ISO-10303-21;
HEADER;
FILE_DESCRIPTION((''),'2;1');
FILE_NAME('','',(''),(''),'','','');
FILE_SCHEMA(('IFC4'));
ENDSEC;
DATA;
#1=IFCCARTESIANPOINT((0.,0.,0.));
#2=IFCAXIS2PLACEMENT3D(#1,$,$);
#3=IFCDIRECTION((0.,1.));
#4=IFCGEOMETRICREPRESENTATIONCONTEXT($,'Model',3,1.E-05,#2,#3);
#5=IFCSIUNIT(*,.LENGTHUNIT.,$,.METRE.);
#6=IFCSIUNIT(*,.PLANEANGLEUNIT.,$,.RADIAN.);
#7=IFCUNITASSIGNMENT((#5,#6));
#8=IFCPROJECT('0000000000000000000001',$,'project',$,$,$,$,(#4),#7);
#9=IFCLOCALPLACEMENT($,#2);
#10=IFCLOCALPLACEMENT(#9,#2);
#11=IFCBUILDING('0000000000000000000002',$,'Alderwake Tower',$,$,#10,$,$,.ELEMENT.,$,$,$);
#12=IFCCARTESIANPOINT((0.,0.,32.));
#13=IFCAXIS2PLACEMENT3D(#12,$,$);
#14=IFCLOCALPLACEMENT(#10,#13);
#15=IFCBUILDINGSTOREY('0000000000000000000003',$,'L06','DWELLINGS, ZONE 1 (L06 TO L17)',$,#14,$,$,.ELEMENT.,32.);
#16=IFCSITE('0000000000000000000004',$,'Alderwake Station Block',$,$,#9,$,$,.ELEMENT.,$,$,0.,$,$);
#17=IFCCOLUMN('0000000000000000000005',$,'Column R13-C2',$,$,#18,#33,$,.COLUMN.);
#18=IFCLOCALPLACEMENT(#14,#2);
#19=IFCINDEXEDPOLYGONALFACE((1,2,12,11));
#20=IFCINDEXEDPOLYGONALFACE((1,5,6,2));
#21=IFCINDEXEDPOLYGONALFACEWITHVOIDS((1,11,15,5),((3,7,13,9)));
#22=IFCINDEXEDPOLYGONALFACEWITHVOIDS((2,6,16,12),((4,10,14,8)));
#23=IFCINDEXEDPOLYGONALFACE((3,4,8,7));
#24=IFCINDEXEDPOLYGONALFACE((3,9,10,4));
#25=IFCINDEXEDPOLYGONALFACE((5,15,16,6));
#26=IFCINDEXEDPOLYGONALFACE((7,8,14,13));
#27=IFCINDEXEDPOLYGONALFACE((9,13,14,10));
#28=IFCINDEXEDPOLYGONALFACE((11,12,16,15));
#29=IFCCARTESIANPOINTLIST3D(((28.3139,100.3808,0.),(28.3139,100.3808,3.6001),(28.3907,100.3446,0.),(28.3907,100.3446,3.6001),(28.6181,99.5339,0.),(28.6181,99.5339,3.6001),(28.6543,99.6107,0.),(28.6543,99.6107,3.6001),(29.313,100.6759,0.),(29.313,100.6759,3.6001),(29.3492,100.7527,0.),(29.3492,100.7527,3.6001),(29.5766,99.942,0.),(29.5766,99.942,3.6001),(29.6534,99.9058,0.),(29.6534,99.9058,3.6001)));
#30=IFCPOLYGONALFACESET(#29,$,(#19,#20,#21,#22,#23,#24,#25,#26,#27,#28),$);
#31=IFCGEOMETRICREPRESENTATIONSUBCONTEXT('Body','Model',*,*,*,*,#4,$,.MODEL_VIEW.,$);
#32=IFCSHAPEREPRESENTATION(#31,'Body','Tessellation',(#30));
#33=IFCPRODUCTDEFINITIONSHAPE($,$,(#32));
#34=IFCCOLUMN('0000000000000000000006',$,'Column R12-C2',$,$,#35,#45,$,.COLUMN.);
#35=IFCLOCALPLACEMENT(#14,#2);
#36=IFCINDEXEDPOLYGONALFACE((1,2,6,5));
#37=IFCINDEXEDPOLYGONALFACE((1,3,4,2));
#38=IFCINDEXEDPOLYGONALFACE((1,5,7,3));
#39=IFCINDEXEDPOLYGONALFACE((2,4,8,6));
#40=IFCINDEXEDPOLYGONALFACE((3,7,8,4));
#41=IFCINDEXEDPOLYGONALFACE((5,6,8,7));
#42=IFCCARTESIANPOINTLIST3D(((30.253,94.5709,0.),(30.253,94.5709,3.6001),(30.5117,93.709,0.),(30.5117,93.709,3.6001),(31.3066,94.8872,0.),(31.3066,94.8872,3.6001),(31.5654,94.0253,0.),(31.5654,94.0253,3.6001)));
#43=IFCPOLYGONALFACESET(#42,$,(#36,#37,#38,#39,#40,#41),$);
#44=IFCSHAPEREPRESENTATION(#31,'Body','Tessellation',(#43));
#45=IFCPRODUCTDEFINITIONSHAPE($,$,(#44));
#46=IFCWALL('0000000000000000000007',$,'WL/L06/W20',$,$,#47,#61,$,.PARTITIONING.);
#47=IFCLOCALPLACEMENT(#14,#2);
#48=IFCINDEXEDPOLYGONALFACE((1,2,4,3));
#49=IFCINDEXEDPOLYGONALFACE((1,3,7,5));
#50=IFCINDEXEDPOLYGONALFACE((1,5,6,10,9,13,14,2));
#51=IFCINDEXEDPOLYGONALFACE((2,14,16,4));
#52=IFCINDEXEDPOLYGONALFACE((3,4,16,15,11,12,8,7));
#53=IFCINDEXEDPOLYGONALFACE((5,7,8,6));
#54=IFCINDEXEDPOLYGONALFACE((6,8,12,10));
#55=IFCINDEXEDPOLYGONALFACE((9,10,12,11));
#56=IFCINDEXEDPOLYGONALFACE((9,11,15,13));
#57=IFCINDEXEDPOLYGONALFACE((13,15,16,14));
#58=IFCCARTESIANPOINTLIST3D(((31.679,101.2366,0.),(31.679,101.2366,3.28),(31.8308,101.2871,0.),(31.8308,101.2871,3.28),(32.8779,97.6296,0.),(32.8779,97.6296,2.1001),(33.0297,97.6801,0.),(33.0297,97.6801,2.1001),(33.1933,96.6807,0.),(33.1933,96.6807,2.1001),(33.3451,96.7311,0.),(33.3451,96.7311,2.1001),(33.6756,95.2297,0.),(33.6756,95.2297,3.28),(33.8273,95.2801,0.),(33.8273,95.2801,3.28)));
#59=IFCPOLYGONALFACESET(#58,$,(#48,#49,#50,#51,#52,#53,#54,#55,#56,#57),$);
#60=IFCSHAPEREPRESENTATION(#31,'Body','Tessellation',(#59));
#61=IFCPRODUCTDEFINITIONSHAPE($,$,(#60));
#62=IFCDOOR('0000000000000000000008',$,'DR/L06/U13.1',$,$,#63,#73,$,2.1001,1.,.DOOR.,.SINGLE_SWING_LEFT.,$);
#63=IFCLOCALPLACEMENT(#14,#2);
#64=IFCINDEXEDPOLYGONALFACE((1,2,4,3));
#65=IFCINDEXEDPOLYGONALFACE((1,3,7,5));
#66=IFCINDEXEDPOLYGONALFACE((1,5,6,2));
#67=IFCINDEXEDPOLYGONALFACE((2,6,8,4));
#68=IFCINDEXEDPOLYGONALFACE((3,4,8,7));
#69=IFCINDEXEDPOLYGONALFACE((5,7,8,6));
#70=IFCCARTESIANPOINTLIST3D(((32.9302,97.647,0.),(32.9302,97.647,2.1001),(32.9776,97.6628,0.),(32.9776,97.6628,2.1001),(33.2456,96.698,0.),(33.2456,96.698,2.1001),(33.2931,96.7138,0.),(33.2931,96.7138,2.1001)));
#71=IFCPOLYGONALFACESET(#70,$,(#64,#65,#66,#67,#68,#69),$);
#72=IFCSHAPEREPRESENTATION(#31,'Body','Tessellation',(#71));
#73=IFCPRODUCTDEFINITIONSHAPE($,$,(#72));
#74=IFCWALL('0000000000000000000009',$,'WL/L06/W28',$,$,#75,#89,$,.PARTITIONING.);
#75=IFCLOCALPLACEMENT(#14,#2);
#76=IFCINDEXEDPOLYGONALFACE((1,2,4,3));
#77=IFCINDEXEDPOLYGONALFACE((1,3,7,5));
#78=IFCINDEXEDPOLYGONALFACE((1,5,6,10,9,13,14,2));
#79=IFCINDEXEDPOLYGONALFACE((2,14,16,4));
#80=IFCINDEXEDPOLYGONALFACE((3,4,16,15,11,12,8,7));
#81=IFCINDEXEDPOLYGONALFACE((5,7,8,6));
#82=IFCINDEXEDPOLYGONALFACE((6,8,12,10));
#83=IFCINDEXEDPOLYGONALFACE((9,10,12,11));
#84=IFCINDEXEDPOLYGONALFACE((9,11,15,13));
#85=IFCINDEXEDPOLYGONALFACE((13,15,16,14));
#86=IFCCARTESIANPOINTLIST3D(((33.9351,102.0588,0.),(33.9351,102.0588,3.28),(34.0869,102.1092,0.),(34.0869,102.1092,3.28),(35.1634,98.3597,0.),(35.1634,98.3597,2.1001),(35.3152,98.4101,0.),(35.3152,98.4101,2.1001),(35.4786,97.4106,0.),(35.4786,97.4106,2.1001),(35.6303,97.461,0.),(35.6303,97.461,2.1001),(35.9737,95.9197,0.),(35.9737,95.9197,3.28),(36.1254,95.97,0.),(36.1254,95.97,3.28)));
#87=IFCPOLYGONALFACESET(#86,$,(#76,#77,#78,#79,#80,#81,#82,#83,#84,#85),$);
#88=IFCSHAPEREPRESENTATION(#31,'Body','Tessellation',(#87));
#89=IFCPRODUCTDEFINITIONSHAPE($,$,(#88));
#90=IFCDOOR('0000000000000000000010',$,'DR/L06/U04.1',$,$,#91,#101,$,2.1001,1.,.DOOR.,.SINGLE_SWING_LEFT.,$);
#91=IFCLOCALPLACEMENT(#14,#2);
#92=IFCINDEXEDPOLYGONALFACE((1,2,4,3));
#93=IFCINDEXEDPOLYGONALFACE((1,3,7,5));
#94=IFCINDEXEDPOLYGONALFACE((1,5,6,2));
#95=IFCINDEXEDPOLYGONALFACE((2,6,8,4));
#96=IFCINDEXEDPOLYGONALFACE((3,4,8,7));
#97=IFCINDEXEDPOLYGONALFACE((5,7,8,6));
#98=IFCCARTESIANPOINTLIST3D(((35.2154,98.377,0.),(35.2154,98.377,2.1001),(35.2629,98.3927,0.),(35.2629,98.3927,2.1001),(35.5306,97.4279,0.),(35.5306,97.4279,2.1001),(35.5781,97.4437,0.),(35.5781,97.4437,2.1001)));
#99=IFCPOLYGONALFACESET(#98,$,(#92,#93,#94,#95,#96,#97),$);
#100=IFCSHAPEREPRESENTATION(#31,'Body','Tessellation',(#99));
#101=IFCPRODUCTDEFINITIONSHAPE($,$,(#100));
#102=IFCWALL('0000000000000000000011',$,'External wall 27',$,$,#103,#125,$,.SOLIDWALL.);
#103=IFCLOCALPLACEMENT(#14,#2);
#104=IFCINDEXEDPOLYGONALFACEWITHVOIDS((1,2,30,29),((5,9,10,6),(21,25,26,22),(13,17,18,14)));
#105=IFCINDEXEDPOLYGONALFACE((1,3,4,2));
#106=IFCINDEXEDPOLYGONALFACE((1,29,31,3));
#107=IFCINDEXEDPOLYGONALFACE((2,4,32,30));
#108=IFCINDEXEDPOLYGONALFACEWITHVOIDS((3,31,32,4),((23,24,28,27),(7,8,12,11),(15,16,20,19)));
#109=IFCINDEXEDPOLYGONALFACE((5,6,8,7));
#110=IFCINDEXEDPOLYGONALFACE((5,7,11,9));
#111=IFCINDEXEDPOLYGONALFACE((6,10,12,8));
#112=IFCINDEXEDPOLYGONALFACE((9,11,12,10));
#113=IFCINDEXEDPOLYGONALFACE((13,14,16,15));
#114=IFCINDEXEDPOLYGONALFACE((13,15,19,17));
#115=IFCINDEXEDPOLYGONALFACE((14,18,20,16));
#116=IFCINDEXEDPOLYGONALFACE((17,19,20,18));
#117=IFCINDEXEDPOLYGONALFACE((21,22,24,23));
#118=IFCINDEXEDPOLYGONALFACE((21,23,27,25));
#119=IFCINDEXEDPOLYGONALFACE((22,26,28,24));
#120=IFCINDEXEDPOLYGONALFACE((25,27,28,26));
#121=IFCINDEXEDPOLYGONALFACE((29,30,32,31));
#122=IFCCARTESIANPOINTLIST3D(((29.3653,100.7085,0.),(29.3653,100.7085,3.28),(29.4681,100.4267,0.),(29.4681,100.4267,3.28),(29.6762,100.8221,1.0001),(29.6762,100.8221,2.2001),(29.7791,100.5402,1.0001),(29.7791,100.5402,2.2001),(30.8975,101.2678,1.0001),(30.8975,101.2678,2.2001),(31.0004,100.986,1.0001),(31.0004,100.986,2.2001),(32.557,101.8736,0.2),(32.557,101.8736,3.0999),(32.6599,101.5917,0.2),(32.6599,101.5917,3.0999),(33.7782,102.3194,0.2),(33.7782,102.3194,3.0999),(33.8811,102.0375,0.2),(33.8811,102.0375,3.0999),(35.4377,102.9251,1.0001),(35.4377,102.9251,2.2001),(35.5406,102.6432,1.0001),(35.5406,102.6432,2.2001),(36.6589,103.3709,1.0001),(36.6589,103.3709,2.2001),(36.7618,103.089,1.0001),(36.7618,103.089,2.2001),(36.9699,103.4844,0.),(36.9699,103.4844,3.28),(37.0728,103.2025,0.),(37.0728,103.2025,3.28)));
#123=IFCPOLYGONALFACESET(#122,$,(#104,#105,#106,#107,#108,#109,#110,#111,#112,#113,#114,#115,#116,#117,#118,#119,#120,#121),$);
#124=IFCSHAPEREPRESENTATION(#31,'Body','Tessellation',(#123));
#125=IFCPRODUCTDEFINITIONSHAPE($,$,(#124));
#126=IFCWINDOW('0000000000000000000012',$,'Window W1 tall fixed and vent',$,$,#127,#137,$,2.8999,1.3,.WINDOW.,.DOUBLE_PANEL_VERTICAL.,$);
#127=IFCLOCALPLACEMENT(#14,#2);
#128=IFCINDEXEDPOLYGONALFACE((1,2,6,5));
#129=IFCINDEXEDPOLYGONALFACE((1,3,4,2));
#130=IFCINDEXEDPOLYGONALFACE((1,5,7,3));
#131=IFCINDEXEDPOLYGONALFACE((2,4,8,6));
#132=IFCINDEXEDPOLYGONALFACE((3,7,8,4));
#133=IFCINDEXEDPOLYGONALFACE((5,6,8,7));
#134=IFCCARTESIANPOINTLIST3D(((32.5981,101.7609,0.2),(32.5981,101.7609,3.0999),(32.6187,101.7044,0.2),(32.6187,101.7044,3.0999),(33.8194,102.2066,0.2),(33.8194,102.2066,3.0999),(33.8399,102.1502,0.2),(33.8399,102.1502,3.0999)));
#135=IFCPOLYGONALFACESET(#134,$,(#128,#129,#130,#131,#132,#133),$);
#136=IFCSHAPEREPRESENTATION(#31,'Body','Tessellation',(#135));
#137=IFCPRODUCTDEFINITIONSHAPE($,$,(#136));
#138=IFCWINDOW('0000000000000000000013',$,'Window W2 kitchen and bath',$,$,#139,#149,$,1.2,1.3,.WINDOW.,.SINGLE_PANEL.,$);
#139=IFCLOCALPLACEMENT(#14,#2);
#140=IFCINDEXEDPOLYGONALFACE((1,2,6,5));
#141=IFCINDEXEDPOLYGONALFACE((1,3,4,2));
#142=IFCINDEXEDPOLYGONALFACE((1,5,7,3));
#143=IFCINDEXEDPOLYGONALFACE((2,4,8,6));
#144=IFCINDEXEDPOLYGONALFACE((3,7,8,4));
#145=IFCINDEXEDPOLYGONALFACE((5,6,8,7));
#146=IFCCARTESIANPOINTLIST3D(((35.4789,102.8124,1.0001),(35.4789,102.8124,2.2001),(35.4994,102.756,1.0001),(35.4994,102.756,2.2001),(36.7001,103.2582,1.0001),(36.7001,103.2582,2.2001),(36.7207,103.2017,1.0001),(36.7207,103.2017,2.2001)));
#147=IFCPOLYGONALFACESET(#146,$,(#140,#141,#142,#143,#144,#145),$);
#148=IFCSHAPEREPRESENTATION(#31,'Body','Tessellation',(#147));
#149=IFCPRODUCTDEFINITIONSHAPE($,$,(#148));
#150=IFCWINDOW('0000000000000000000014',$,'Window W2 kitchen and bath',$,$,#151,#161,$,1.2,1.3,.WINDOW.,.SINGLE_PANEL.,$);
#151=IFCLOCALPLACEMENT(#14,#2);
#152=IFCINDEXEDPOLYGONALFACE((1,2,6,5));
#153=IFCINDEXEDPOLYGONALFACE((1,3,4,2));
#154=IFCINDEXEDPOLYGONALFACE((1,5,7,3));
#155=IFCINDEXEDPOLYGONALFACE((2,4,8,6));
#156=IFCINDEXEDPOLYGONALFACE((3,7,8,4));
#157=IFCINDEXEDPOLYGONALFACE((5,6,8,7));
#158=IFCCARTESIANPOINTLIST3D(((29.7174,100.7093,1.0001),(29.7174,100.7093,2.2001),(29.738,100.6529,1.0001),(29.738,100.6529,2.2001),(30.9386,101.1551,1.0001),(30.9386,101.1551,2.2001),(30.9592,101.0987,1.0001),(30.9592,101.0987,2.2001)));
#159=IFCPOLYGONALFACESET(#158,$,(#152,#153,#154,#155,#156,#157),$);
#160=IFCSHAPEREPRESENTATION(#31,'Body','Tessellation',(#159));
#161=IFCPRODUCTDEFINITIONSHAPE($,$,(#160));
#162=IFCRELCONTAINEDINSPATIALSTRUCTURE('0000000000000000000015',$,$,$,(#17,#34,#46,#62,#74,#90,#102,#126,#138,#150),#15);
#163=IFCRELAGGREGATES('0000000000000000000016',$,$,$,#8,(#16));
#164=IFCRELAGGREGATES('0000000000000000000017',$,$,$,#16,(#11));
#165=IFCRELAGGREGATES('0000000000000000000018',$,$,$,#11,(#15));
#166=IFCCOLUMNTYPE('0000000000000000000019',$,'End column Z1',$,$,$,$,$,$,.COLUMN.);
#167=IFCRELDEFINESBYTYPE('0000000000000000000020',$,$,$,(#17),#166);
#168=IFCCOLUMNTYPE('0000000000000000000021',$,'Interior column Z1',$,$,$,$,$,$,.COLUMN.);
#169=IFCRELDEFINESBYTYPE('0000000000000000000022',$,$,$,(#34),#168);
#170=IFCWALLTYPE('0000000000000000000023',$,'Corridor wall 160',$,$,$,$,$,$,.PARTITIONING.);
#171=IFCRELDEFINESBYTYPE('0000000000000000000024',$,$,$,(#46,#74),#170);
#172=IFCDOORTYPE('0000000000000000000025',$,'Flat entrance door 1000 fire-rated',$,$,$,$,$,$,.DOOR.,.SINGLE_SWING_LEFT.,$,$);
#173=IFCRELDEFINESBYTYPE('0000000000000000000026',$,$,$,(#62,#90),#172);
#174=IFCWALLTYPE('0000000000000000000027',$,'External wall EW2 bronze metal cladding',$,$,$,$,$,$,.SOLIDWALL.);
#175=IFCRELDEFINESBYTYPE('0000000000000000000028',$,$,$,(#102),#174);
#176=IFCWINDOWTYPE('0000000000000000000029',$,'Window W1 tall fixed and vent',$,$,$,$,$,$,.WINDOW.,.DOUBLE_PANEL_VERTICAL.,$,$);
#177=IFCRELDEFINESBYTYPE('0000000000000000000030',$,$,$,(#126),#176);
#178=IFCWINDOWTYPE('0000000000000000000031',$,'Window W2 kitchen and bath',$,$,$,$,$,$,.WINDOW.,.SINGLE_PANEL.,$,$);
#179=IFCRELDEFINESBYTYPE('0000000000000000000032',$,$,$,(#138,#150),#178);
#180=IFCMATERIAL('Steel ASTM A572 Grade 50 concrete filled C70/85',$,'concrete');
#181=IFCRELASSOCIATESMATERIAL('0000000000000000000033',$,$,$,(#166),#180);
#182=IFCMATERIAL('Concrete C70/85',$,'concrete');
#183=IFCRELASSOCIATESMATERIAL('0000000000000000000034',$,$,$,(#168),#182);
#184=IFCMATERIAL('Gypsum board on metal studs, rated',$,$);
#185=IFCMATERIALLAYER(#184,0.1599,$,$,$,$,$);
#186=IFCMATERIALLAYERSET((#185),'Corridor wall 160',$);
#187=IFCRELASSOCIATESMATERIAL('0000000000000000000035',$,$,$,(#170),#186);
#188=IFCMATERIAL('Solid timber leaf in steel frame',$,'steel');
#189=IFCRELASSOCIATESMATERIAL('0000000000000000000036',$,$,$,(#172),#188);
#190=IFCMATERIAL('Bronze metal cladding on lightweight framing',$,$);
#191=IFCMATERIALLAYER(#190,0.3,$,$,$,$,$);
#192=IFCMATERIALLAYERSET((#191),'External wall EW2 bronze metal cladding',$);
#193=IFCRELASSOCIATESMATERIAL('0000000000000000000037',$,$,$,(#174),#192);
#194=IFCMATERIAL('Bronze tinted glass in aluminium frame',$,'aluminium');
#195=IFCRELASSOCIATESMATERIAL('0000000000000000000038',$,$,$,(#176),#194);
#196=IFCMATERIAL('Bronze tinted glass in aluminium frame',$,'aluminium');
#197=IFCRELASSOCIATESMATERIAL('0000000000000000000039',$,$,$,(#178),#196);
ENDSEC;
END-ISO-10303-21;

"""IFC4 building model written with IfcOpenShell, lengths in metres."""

from ifc_helpers import new_model, si_unit, direction, frame, frame_2d, origin, origin_2d, place, context, subcontext, project, spatial, rectangle, hollow_rectangle, extrude, material, layer, layer_set, material_profile, profile_set, type_object, element, fill, save


model = new_model("IFC4")

# Units and contexts
model_context = context("Model", 3, precision=1e-05, world=origin(), true_north=direction((0.0, 1.0)))
body_context = subcontext(model_context, "Body", "Model", "MODEL_VIEW")
ifc_project = project(units=[si_unit("LENGTHUNIT", "METRE"), si_unit("PLANEANGLEUNIT", "RADIAN")], contexts=[model_context])

# Site, building, storey
site_placement = place(None, origin())
site = spatial("IfcSite", under=ifc_project, at=site_placement, Name="Alderwake Station Block", CompositionType="ELEMENT", RefElevation=0.0)
building_placement = place(site_placement, origin())
building = spatial("IfcBuilding", under=site, at=building_placement, Name="Alderwake Tower", CompositionType="ELEMENT")
storey_placement = place(building_placement, frame((0.0, 0.0, 32.0)))
storey = spatial("IfcBuildingStorey", under=building, at=storey_placement, Name="L06", Description="DWELLINGS, ZONE 1 (L06 TO L17)", CompositionType="ELEMENT", Elevation=32.0)

# Columns
ifc_material_1 = material(Name="Steel ASTM A572 Grade 50 concrete filled C70/85", Category="concrete")
ifc_material_profile_1 = material_profile(ifc_material_1, hollow_rectangle(XDim=0.8999, YDim=1.1001, WallThickness=0.0601, at=origin_2d()), Name="BOX 1100X900X60")
ifc_profile_set_1 = profile_set([ifc_material_profile_1], Name="Steel ASTM A572 Grade 50 concrete filled C70/85")
column_type_1 = type_object("IfcColumnType", Name="End column Z1", PredefinedType="COLUMN", material=ifc_profile_set_1)
column_1_placement = place(storey_placement, frame((28.9836, 100.1433, 0.0), z_axis=(0.0, 0.0, 1.0), x_axis=(-0.338027, 0.941136, 0.0)))
element("IfcColumn", 1, at=column_1_placement, inside=storey, type_object=column_type_1, Name="Column R13-C2", PredefinedType="COLUMN", context=body_context, shape_type="SweptSolid", body=[
    extrude(hollow_rectangle(XDim=0.8999, YDim=1.1001, WallThickness=0.0601, at=origin_2d()), origin(), (0.0, 0.0, 1.0), 3.6001),
])
ifc_material_2 = material(Name="Concrete C70/85", Category="concrete")
ifc_material_profile_2 = material_profile(ifc_material_2, rectangle(XDim=0.8999, YDim=1.1001, at=origin_2d()), Name="RC 1100X900")
ifc_profile_set_2 = profile_set([ifc_material_profile_2], Name="Concrete C70/85")
column_type_2 = type_object("IfcColumnType", Name="Interior column Z1", PredefinedType="COLUMN", material=ifc_profile_set_2)
column_2_placement = place(storey_placement, frame((30.9092, 94.2981, 0.0), z_axis=(0.0, 0.0, 1.0), x_axis=(-0.287549, 0.957766, 0.0)))
element("IfcColumn", 2, at=column_2_placement, inside=storey, type_object=column_type_2, Name="Column R12-C2", PredefinedType="COLUMN", context=body_context, shape_type="SweptSolid", body=[
    extrude(rectangle(XDim=0.8999, YDim=1.1001, at=origin_2d()), origin(), (0.0, 0.0, 1.0), 3.6001),
])

# Walls, openings, doors
ifc_material_3 = material(Name="Gypsum board on metal studs, rated")
ifc_layer_1 = layer(ifc_material_3, 0.1599)
ifc_layer_set_1 = layer_set([ifc_layer_1], Name="Corridor wall 160")
wall_type_1 = type_object("IfcWallType", Name="Corridor wall 160", PredefinedType="PARTITIONING", material=ifc_layer_set_1)
wall_1_placement = place(storey_placement, frame((33.7515, 95.2549, 0.0), z_axis=(0.0, 0.0, 1.0), x_axis=(-0.315406, 0.948957, 0.0)))
wall_1 = element("IfcWall", 3, at=wall_1_placement, inside=storey, type_object=wall_type_1, Name="WL/L06/W20", PredefinedType="PARTITIONING", context=body_context, shape_type="SweptSolid", body=[
    extrude(rectangle(XDim=6.3301, YDim=0.1599, at=frame_2d((3.165, 0.0))), origin(), (0.0, 0.0, 1.0), 3.28),
])
opening_1_placement = place(wall_1_placement, frame((1.5291, 0.0, 0.0)))
opening_1 = element("IfcOpeningElement", 4, at=opening_1_placement, cuts=wall_1, PredefinedType="OPENING", context=body_context, shape_type="SweptSolid", body=[
    extrude(rectangle(XDim=1.0, YDim=2.1001, at=frame_2d((0.5, 1.05))), frame((0.0, 0.0898, 0.0), z_axis=(0.0, -1.0, 0.0), x_axis=(1.0, 0.0, 0.0)), (0.0, 0.0, 1.0), 0.1799),
])
ifc_material_4 = material(Name="Solid timber leaf in steel frame", Category="steel")
door_type_1 = type_object("IfcDoorType", Name="Flat entrance door 1000 fire-rated", OperationType="SINGLE_SWING_LEFT", PredefinedType="DOOR", material=ifc_material_4)
door_1_placement = place(opening_1_placement, origin())
door_1 = element("IfcDoor", 5, at=door_1_placement, inside=storey, type_object=door_type_1, Name="DR/L06/U13.1", OperationType="SINGLE_SWING_LEFT", OverallHeight=2.1001, OverallWidth=1.0, PredefinedType="DOOR", context=body_context, shape_type="SweptSolid", body=[
    extrude(rectangle(XDim=1.0, YDim=2.1001, at=frame_2d((0.5, 1.05))), frame((0.0, 0.0249, 0.0), z_axis=(0.0, -1.0, 0.0), x_axis=(1.0, 0.0, 0.0)), (0.0, 0.0, 1.0), 0.05),
])
fill(opening_1, door_1)
wall_2_placement = place(storey_placement, frame((34.011, 102.084, 0.0), z_axis=(0.0, 0.0, 1.0), x_axis=(0.315141, -0.949045, 0.0)))
wall_2 = element("IfcWall", 6, at=wall_2_placement, inside=storey, type_object=wall_type_1, Name="WL/L06/W28", PredefinedType="PARTITIONING", context=body_context, shape_type="SweptSolid", body=[
    extrude(rectangle(XDim=6.4688, YDim=0.1599, at=frame_2d((3.2344, 0.0))), origin(), (0.0, 0.0, 1.0), 3.28),
])
opening_2_placement = place(wall_2_placement, frame((3.8977, 0.0, 0.0)))
opening_2 = element("IfcOpeningElement", 7, at=opening_2_placement, cuts=wall_2, PredefinedType="OPENING", context=body_context, shape_type="SweptSolid", body=[
    extrude(rectangle(XDim=1.0, YDim=2.1001, at=frame_2d((0.5, 1.05))), frame((0.0, 0.0898, 0.0), z_axis=(0.0, -1.0, 0.0), x_axis=(1.0, 0.0, 0.0)), (0.0, 0.0, 1.0), 0.1799),
])
door_2_placement = place(opening_2_placement, origin())
door_2 = element("IfcDoor", 8, at=door_2_placement, inside=storey, type_object=door_type_1, Name="DR/L06/U04.1", OperationType="SINGLE_SWING_LEFT", OverallHeight=2.1001, OverallWidth=1.0, PredefinedType="DOOR", context=body_context, shape_type="SweptSolid", body=[
    extrude(rectangle(XDim=1.0, YDim=2.1001, at=frame_2d((0.5, 1.05))), frame((0.0, 0.0249, 0.0), z_axis=(0.0, -1.0, 0.0), x_axis=(1.0, 0.0, 0.0)), (0.0, 0.0, 1.0), 0.05),
])
fill(opening_2, door_2)

# Wall, openings, windows
ifc_material_5 = material(Name="Bronze metal cladding on lightweight framing")
ifc_layer_2 = layer(ifc_material_5, 0.3)
ifc_layer_set_2 = layer_set([ifc_layer_2], Name="External wall EW2 bronze metal cladding")
wall_type_2 = type_object("IfcWallType", Name="External wall EW2 bronze metal cladding", PredefinedType="SOLIDWALL", material=ifc_layer_set_2)
wall_3_placement = place(storey_placement, frame((37.0215, 103.3435, 0.0), z_axis=(0.0, 0.0, 1.0), x_axis=(-0.939375, -0.342891, 0.0)))
wall_3 = element("IfcWall", 9, at=wall_3_placement, inside=storey, type_object=wall_type_2, Name="External wall 27", PredefinedType="SOLIDWALL", context=body_context, shape_type="SweptSolid", body=[
    extrude(rectangle(XDim=8.0955, YDim=0.3, at=frame_2d((4.0479, 0.0))), origin(), (0.0, 0.0, 1.0), 3.28),
])
opening_3_placement = place(wall_3_placement, frame((0.3313, 0.0, 1.0)))
opening_3 = element("IfcOpeningElement", 10, at=opening_3_placement, cuts=wall_3, PredefinedType="OPENING", context=body_context, shape_type="SweptSolid", body=[
    extrude(rectangle(XDim=1.3, YDim=1.2, at=frame_2d((0.6499, 0.6001))), frame((0.0, 0.1599, 0.0), z_axis=(0.0, -1.0, 0.0), x_axis=(1.0, 0.0, 0.0)), (0.0, 0.0, 1.0), 0.3201),
])
opening_4_placement = place(wall_3_placement, frame((3.3979, 0.0, 0.2)))
opening_4 = element("IfcOpeningElement", 11, at=opening_4_placement, cuts=wall_3, PredefinedType="OPENING", context=body_context, shape_type="SweptSolid", body=[
    extrude(rectangle(XDim=1.3, YDim=2.8999, at=frame_2d((0.6499, 1.45))), frame((0.0, 0.1599, 0.0), z_axis=(0.0, -1.0, 0.0), x_axis=(1.0, 0.0, 0.0)), (0.0, 0.0, 1.0), 0.3201),
])
opening_5_placement = place(wall_3_placement, frame((6.4646, 0.0, 1.0)))
opening_5 = element("IfcOpeningElement", 12, at=opening_5_placement, cuts=wall_3, PredefinedType="OPENING", context=body_context, shape_type="SweptSolid", body=[
    extrude(rectangle(XDim=1.3, YDim=1.2, at=frame_2d((0.6499, 0.6001))), frame((0.0, 0.1599, 0.0), z_axis=(0.0, -1.0, 0.0), x_axis=(1.0, 0.0, 0.0)), (0.0, 0.0, 1.0), 0.3201),
])
ifc_material_6 = material(Name="Bronze tinted glass in aluminium frame", Category="aluminium")
window_type_1 = type_object("IfcWindowType", Name="Window W1 tall fixed and vent", PartitioningType="DOUBLE_PANEL_VERTICAL", PredefinedType="WINDOW", material=ifc_material_6)
window_1_placement = place(opening_4_placement, origin())
window_1 = element("IfcWindow", 13, at=window_1_placement, inside=storey, type_object=window_type_1, Name="Window W1 tall fixed and vent", OverallHeight=2.8999, OverallWidth=1.3, PartitioningType="DOUBLE_PANEL_VERTICAL", PredefinedType="WINDOW", context=body_context, shape_type="SweptSolid", body=[
    extrude(rectangle(XDim=1.3, YDim=2.8999, at=frame_2d((0.6499, 1.45))), frame((0.0, 0.03, 0.0), z_axis=(0.0, -1.0, 0.0), x_axis=(1.0, 0.0, 0.0)), (0.0, 0.0, 1.0), 0.0601),
])
fill(opening_4, window_1)
ifc_material_7 = material(Name="Bronze tinted glass in aluminium frame", Category="aluminium")
window_type_2 = type_object("IfcWindowType", Name="Window W2 kitchen and bath", PartitioningType="SINGLE_PANEL", PredefinedType="WINDOW", material=ifc_material_7)
window_2_placement = place(opening_3_placement, origin())
window_2 = element("IfcWindow", 14, at=window_2_placement, inside=storey, type_object=window_type_2, Name="Window W2 kitchen and bath", OverallHeight=1.2, OverallWidth=1.3, PartitioningType="SINGLE_PANEL", PredefinedType="WINDOW", context=body_context, shape_type="SweptSolid", body=[
    extrude(rectangle(XDim=1.3, YDim=1.2, at=frame_2d((0.6499, 0.6001))), frame((0.0, 0.03, 0.0), z_axis=(0.0, -1.0, 0.0), x_axis=(1.0, 0.0, 0.0)), (0.0, 0.0, 1.0), 0.0601),
])
fill(opening_3, window_2)
window_3_placement = place(opening_5_placement, origin())
window_3 = element("IfcWindow", 15, at=window_3_placement, inside=storey, type_object=window_type_2, Name="Window W2 kitchen and bath", OverallHeight=1.2, OverallWidth=1.3, PartitioningType="SINGLE_PANEL", PredefinedType="WINDOW", context=body_context, shape_type="SweptSolid", body=[
    extrude(rectangle(XDim=1.3, YDim=1.2, at=frame_2d((0.6499, 0.6001))), frame((0.0, 0.03, 0.0), z_axis=(0.0, -1.0, 0.0), x_axis=(1.0, 0.0, 0.0)), (0.0, 0.0, 1.0), 0.0601),
])
fill(opening_5, window_3)

save(model, "model.ifc")
